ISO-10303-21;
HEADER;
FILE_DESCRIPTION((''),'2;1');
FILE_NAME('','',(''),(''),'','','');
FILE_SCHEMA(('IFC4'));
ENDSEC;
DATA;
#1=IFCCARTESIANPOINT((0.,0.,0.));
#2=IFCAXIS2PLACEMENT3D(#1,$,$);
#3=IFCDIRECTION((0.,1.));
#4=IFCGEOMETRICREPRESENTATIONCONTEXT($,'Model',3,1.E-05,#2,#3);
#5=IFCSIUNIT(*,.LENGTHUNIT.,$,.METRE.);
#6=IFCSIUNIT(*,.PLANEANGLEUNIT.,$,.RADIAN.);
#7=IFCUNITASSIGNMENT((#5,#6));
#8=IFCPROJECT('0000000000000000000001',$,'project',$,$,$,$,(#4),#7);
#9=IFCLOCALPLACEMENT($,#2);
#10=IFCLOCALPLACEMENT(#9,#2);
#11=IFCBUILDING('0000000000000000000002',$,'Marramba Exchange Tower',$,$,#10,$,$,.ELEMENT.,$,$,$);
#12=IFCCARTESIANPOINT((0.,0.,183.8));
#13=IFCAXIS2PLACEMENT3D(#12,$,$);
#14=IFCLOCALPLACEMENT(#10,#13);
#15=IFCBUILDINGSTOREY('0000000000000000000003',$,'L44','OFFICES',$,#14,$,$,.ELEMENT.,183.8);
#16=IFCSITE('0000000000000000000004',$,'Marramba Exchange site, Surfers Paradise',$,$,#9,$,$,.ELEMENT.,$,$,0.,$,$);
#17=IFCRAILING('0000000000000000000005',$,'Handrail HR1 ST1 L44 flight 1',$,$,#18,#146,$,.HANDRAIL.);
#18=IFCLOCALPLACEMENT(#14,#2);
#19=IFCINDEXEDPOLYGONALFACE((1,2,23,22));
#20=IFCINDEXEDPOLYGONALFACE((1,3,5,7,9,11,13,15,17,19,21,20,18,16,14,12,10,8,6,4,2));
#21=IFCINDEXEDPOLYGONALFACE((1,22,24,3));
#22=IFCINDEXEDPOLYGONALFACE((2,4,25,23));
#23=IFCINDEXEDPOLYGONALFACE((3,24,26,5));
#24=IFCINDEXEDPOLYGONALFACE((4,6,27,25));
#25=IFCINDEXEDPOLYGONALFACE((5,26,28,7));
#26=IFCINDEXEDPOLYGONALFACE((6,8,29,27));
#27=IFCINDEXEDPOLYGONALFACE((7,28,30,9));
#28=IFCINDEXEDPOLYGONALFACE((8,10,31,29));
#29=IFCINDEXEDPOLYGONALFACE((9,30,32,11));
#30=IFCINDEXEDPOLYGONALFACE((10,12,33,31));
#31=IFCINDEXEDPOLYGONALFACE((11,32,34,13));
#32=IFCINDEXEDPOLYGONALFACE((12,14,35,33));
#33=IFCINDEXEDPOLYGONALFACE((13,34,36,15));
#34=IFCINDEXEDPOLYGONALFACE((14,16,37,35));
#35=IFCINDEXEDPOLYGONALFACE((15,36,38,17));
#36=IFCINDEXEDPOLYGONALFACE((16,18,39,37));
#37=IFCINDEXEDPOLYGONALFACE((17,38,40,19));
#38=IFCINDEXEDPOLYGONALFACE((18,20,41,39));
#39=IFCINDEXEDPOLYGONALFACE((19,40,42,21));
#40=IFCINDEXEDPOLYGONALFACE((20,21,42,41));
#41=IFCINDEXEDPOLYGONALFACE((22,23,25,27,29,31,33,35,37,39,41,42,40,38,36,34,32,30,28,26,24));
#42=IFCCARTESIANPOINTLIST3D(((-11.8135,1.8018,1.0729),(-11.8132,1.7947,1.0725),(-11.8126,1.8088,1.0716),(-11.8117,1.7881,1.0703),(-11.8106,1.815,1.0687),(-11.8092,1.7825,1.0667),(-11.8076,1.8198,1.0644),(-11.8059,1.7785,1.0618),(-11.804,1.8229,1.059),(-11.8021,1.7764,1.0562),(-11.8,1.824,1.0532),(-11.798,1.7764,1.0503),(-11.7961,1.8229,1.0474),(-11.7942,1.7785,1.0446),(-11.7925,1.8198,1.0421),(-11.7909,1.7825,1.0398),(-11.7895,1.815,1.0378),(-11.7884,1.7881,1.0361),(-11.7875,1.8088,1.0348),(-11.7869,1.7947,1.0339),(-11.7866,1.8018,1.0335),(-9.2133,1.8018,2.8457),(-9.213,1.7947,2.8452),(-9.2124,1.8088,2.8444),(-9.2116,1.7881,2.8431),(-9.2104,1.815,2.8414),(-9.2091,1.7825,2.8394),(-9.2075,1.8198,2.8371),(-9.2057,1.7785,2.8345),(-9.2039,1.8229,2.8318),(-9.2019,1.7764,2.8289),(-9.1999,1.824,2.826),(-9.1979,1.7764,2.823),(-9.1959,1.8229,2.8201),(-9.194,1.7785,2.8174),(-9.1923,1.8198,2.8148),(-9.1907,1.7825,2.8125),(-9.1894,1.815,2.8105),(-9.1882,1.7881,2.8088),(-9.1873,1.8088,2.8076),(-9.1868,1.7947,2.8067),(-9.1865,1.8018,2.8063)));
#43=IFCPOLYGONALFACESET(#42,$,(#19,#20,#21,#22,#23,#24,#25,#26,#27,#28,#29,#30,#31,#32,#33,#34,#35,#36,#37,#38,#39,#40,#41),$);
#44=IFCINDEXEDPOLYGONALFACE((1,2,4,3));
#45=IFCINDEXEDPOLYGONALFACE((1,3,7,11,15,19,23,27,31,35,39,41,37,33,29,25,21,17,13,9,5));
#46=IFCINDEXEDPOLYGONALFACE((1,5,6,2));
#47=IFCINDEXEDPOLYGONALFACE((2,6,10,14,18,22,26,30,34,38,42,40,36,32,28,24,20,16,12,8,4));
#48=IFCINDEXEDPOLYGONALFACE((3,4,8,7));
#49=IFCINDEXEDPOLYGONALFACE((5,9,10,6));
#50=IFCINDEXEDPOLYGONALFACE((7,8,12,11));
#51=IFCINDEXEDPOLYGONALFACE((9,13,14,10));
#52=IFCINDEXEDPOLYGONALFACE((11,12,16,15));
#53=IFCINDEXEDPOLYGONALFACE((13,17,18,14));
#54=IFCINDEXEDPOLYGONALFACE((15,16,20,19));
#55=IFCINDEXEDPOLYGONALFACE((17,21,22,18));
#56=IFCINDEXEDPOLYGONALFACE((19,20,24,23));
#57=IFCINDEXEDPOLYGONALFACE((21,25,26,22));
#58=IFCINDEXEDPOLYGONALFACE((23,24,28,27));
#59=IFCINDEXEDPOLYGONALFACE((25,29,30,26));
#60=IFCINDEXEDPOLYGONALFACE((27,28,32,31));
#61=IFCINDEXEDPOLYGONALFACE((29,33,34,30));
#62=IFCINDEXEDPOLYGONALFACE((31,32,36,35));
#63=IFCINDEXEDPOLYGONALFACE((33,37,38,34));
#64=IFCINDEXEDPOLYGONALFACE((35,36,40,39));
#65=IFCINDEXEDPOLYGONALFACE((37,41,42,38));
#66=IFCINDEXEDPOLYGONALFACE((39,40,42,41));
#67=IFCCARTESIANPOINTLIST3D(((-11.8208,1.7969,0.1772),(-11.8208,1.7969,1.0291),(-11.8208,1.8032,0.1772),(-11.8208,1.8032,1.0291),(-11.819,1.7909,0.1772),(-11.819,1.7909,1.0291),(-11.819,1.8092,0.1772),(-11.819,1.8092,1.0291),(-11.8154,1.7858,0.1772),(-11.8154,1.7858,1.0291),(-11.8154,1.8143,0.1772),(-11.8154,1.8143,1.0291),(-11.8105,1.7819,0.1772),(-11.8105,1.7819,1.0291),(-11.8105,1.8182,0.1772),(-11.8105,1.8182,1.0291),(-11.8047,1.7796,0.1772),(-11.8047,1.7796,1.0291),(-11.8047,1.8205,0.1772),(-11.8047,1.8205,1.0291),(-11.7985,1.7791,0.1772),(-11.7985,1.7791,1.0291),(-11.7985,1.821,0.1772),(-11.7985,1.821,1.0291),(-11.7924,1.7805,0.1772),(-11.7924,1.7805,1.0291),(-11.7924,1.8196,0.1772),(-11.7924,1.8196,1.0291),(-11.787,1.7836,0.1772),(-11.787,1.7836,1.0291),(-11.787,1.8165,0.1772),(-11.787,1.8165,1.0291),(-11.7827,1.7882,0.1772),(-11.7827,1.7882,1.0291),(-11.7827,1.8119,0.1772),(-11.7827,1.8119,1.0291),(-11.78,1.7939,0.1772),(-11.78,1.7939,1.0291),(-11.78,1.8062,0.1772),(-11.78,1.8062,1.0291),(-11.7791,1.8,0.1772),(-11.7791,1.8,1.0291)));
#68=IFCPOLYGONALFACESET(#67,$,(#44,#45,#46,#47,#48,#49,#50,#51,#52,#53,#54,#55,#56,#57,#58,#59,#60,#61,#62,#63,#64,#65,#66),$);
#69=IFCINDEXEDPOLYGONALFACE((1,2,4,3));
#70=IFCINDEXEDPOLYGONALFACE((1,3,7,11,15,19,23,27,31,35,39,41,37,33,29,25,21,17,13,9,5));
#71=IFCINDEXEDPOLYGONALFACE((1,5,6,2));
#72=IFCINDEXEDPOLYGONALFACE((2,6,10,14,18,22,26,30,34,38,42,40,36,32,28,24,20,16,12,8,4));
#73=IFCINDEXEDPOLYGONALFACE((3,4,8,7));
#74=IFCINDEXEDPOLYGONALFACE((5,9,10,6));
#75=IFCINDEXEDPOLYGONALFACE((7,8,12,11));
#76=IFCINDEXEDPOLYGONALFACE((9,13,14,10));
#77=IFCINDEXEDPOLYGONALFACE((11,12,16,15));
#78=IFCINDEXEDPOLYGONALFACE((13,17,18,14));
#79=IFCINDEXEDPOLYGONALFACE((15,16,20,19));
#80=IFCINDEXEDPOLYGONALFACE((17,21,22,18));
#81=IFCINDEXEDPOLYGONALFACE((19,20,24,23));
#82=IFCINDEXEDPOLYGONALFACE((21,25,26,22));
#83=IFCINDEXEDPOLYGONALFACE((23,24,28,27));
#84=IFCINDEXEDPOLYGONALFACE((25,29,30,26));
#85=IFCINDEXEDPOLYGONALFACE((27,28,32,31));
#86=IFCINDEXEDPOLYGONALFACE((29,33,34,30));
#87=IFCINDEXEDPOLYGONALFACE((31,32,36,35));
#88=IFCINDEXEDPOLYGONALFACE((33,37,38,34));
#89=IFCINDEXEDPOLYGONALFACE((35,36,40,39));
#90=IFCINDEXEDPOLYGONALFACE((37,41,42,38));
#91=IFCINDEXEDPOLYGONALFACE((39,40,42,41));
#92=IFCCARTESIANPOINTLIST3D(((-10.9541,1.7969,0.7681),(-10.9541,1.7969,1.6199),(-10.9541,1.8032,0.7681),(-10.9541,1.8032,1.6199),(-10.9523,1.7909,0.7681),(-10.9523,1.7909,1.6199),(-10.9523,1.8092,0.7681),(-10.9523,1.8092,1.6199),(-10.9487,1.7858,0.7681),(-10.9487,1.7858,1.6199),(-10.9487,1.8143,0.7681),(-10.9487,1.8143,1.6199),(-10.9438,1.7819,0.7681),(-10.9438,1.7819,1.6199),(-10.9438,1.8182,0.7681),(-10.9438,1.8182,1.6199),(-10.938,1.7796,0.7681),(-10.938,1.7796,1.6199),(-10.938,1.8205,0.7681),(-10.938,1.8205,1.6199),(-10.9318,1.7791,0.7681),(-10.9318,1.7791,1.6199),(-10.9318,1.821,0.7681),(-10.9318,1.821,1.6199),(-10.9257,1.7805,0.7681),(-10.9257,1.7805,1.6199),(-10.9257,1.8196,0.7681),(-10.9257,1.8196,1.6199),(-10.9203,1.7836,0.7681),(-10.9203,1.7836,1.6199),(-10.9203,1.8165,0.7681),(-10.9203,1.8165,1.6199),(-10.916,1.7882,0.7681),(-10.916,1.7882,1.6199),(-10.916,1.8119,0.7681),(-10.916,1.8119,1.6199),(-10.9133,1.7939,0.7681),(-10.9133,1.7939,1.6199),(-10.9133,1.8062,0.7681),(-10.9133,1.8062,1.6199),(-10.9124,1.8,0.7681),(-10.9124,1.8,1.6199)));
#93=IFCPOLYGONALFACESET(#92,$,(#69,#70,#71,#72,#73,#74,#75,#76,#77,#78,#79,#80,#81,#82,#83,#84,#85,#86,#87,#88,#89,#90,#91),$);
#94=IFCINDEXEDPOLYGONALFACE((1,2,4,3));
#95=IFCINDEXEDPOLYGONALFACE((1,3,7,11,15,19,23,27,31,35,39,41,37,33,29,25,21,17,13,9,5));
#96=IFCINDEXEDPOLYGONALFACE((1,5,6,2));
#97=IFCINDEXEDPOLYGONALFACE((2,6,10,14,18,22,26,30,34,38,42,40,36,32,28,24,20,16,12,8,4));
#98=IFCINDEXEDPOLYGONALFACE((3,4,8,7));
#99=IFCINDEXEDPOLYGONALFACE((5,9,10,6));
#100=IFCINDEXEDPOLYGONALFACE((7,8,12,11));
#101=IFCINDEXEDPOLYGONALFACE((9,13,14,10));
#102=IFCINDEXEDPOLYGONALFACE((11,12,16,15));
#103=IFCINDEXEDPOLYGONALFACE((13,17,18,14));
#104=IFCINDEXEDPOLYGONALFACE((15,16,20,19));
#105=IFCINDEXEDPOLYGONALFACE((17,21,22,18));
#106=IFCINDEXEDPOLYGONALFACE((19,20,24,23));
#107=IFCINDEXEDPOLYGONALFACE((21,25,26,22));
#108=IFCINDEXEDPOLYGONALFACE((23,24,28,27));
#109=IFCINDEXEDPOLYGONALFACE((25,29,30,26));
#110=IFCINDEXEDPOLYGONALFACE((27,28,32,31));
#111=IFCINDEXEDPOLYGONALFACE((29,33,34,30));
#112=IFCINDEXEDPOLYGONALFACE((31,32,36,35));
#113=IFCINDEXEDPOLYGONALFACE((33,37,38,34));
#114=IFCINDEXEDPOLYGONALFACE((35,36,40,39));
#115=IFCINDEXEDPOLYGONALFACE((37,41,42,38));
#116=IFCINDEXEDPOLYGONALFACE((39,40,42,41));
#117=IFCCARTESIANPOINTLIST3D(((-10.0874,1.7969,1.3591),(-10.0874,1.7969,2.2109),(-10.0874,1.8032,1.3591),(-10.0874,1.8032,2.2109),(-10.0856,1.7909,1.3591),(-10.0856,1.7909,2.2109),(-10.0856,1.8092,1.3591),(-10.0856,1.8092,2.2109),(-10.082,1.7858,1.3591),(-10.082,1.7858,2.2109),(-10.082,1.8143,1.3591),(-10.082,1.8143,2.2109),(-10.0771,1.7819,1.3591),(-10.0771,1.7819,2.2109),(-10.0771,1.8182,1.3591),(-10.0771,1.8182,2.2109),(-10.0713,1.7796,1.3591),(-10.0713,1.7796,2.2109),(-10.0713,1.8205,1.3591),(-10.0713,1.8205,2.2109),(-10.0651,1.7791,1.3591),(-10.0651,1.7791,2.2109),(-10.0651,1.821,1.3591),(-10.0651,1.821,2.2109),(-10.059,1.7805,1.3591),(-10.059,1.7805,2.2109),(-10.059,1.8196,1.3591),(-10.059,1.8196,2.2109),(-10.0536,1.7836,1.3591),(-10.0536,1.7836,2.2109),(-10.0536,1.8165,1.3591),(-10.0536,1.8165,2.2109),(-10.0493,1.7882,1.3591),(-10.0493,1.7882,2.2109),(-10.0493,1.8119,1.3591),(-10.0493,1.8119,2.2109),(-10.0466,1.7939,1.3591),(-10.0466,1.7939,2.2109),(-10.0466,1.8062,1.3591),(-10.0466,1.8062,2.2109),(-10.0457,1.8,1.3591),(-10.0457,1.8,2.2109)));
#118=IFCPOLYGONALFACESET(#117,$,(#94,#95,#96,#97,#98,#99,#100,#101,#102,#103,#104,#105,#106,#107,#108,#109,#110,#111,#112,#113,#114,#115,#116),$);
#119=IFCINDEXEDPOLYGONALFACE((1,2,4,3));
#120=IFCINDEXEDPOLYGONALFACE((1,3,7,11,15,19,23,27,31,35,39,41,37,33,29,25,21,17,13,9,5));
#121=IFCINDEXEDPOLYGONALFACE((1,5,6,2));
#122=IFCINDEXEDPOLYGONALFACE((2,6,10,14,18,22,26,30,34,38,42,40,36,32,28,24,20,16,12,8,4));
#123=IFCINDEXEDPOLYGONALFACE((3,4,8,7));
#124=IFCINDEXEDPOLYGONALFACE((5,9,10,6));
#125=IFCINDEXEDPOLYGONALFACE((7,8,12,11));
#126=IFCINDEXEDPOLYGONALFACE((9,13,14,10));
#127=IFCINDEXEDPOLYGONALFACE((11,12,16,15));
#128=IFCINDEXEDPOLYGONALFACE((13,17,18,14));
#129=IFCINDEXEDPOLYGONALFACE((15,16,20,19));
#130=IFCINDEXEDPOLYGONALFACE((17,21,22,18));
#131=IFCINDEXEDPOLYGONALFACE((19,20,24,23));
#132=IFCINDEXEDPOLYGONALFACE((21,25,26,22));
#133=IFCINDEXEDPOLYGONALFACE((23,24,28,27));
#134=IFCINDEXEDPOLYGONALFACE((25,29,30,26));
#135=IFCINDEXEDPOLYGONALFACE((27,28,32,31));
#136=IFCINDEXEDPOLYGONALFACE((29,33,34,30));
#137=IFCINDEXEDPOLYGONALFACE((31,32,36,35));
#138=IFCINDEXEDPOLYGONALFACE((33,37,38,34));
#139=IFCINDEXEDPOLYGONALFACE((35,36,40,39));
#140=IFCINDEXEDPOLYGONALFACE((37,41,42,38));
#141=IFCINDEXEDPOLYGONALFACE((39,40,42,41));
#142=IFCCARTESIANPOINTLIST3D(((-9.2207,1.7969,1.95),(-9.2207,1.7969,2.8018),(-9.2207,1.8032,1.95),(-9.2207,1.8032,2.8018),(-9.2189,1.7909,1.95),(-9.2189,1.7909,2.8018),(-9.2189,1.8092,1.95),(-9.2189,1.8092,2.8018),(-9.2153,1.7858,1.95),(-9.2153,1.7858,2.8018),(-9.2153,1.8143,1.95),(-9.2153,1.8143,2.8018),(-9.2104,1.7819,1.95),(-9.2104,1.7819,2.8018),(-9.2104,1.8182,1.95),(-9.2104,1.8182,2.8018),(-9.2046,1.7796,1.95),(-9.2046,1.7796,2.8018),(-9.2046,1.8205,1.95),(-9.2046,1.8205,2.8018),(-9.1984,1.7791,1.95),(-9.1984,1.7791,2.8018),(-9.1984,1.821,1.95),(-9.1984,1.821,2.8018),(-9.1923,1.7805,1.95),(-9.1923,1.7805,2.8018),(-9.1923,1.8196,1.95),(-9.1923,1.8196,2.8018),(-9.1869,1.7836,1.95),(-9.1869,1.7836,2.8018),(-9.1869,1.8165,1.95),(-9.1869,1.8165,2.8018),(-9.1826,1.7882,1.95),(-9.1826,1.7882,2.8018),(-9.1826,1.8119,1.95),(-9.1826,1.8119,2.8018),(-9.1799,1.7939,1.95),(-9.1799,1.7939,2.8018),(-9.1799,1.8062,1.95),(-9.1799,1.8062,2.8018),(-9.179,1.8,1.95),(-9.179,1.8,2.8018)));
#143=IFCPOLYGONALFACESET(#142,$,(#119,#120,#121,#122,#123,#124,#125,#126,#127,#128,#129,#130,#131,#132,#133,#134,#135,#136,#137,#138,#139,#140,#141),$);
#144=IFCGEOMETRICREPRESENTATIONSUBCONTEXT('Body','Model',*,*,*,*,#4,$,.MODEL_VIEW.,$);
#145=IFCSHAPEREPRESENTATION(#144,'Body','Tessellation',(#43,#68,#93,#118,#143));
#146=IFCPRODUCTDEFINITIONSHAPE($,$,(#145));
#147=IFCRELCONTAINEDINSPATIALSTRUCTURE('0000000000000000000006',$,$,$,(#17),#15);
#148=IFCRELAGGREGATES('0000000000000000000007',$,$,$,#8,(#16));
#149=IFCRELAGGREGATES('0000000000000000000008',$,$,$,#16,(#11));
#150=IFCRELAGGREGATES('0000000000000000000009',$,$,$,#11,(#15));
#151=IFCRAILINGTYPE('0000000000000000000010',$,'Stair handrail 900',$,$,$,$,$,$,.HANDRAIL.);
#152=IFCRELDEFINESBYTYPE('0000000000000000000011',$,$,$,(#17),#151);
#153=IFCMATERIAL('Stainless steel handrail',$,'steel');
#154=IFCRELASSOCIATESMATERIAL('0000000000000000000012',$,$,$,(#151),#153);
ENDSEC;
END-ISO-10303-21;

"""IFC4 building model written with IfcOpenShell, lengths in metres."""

from ifc_helpers import new_model, si_unit, direction, frame, origin, origin_2d, place, context, subcontext, project, spatial, circle, extrude, material, type_object, element, save


model = new_model("IFC4")

# Units and contexts
model_context = context("Model", 3, precision=1e-05, world=origin(), true_north=direction((0.0, 1.0)))
body_context = subcontext(model_context, "Body", "Model", "MODEL_VIEW")
ifc_project = project(units=[si_unit("LENGTHUNIT", "METRE"), si_unit("PLANEANGLEUNIT", "RADIAN")], contexts=[model_context])

# Site, building, storey
site_placement = place(None, origin())
site = spatial("IfcSite", under=ifc_project, at=site_placement, Name="Marramba Exchange site, Surfers Paradise", CompositionType="ELEMENT", RefElevation=0.0)
building_placement = place(site_placement, origin())
building = spatial("IfcBuilding", under=site, at=building_placement, Name="Marramba Exchange Tower", CompositionType="ELEMENT")
storey_placement = place(building_placement, frame((0.0, 0.0, 183.8)))
storey = spatial("IfcBuildingStorey", under=building, at=storey_placement, Name="L44", Description="OFFICES", CompositionType="ELEMENT", Elevation=183.8)

# Railing
ifc_material_1 = material(Name="Stainless steel handrail", Category="steel")
railing_type = type_object("IfcRailingType", Name="Stair handrail 900", PredefinedType="HANDRAIL", material=ifc_material_1)
railing_1_placement = place(storey_placement, frame((-11.8, 1.8, 0.1772)))
element("IfcRailing", 1, at=railing_1_placement, inside=storey, type_object=railing_type, Name="Handrail HR1 ST1 L44 flight 1", PredefinedType="HANDRAIL", context=body_context, shape_type="SweptSolid", body=[
    extrude(circle(Radius=0.0239, at=origin_2d()), frame((0.0, 0.0, 0.876), z_axis=(0.82624, 0.0, 0.563318), x_axis=(0.0, 1.0, 0.0)), (0.0, 0.0, 1.0), 3.147),
    extrude(circle(Radius=0.021, at=origin_2d()), origin(), (0.0, 0.0, 1.0), 0.8518),
    extrude(circle(Radius=0.021, at=origin_2d()), frame((0.8667, 0.0, 0.5908)), (0.0, 0.0, 1.0), 0.8518),
    extrude(circle(Radius=0.021, at=origin_2d()), frame((1.7334, 0.0, 1.1819)), (0.0, 0.0, 1.0), 0.8518),
    extrude(circle(Radius=0.021, at=origin_2d()), frame((2.6001, 0.0, 1.7727)), (0.0, 0.0, 1.0), 0.8518),
])

save(model, "model.ifc")
